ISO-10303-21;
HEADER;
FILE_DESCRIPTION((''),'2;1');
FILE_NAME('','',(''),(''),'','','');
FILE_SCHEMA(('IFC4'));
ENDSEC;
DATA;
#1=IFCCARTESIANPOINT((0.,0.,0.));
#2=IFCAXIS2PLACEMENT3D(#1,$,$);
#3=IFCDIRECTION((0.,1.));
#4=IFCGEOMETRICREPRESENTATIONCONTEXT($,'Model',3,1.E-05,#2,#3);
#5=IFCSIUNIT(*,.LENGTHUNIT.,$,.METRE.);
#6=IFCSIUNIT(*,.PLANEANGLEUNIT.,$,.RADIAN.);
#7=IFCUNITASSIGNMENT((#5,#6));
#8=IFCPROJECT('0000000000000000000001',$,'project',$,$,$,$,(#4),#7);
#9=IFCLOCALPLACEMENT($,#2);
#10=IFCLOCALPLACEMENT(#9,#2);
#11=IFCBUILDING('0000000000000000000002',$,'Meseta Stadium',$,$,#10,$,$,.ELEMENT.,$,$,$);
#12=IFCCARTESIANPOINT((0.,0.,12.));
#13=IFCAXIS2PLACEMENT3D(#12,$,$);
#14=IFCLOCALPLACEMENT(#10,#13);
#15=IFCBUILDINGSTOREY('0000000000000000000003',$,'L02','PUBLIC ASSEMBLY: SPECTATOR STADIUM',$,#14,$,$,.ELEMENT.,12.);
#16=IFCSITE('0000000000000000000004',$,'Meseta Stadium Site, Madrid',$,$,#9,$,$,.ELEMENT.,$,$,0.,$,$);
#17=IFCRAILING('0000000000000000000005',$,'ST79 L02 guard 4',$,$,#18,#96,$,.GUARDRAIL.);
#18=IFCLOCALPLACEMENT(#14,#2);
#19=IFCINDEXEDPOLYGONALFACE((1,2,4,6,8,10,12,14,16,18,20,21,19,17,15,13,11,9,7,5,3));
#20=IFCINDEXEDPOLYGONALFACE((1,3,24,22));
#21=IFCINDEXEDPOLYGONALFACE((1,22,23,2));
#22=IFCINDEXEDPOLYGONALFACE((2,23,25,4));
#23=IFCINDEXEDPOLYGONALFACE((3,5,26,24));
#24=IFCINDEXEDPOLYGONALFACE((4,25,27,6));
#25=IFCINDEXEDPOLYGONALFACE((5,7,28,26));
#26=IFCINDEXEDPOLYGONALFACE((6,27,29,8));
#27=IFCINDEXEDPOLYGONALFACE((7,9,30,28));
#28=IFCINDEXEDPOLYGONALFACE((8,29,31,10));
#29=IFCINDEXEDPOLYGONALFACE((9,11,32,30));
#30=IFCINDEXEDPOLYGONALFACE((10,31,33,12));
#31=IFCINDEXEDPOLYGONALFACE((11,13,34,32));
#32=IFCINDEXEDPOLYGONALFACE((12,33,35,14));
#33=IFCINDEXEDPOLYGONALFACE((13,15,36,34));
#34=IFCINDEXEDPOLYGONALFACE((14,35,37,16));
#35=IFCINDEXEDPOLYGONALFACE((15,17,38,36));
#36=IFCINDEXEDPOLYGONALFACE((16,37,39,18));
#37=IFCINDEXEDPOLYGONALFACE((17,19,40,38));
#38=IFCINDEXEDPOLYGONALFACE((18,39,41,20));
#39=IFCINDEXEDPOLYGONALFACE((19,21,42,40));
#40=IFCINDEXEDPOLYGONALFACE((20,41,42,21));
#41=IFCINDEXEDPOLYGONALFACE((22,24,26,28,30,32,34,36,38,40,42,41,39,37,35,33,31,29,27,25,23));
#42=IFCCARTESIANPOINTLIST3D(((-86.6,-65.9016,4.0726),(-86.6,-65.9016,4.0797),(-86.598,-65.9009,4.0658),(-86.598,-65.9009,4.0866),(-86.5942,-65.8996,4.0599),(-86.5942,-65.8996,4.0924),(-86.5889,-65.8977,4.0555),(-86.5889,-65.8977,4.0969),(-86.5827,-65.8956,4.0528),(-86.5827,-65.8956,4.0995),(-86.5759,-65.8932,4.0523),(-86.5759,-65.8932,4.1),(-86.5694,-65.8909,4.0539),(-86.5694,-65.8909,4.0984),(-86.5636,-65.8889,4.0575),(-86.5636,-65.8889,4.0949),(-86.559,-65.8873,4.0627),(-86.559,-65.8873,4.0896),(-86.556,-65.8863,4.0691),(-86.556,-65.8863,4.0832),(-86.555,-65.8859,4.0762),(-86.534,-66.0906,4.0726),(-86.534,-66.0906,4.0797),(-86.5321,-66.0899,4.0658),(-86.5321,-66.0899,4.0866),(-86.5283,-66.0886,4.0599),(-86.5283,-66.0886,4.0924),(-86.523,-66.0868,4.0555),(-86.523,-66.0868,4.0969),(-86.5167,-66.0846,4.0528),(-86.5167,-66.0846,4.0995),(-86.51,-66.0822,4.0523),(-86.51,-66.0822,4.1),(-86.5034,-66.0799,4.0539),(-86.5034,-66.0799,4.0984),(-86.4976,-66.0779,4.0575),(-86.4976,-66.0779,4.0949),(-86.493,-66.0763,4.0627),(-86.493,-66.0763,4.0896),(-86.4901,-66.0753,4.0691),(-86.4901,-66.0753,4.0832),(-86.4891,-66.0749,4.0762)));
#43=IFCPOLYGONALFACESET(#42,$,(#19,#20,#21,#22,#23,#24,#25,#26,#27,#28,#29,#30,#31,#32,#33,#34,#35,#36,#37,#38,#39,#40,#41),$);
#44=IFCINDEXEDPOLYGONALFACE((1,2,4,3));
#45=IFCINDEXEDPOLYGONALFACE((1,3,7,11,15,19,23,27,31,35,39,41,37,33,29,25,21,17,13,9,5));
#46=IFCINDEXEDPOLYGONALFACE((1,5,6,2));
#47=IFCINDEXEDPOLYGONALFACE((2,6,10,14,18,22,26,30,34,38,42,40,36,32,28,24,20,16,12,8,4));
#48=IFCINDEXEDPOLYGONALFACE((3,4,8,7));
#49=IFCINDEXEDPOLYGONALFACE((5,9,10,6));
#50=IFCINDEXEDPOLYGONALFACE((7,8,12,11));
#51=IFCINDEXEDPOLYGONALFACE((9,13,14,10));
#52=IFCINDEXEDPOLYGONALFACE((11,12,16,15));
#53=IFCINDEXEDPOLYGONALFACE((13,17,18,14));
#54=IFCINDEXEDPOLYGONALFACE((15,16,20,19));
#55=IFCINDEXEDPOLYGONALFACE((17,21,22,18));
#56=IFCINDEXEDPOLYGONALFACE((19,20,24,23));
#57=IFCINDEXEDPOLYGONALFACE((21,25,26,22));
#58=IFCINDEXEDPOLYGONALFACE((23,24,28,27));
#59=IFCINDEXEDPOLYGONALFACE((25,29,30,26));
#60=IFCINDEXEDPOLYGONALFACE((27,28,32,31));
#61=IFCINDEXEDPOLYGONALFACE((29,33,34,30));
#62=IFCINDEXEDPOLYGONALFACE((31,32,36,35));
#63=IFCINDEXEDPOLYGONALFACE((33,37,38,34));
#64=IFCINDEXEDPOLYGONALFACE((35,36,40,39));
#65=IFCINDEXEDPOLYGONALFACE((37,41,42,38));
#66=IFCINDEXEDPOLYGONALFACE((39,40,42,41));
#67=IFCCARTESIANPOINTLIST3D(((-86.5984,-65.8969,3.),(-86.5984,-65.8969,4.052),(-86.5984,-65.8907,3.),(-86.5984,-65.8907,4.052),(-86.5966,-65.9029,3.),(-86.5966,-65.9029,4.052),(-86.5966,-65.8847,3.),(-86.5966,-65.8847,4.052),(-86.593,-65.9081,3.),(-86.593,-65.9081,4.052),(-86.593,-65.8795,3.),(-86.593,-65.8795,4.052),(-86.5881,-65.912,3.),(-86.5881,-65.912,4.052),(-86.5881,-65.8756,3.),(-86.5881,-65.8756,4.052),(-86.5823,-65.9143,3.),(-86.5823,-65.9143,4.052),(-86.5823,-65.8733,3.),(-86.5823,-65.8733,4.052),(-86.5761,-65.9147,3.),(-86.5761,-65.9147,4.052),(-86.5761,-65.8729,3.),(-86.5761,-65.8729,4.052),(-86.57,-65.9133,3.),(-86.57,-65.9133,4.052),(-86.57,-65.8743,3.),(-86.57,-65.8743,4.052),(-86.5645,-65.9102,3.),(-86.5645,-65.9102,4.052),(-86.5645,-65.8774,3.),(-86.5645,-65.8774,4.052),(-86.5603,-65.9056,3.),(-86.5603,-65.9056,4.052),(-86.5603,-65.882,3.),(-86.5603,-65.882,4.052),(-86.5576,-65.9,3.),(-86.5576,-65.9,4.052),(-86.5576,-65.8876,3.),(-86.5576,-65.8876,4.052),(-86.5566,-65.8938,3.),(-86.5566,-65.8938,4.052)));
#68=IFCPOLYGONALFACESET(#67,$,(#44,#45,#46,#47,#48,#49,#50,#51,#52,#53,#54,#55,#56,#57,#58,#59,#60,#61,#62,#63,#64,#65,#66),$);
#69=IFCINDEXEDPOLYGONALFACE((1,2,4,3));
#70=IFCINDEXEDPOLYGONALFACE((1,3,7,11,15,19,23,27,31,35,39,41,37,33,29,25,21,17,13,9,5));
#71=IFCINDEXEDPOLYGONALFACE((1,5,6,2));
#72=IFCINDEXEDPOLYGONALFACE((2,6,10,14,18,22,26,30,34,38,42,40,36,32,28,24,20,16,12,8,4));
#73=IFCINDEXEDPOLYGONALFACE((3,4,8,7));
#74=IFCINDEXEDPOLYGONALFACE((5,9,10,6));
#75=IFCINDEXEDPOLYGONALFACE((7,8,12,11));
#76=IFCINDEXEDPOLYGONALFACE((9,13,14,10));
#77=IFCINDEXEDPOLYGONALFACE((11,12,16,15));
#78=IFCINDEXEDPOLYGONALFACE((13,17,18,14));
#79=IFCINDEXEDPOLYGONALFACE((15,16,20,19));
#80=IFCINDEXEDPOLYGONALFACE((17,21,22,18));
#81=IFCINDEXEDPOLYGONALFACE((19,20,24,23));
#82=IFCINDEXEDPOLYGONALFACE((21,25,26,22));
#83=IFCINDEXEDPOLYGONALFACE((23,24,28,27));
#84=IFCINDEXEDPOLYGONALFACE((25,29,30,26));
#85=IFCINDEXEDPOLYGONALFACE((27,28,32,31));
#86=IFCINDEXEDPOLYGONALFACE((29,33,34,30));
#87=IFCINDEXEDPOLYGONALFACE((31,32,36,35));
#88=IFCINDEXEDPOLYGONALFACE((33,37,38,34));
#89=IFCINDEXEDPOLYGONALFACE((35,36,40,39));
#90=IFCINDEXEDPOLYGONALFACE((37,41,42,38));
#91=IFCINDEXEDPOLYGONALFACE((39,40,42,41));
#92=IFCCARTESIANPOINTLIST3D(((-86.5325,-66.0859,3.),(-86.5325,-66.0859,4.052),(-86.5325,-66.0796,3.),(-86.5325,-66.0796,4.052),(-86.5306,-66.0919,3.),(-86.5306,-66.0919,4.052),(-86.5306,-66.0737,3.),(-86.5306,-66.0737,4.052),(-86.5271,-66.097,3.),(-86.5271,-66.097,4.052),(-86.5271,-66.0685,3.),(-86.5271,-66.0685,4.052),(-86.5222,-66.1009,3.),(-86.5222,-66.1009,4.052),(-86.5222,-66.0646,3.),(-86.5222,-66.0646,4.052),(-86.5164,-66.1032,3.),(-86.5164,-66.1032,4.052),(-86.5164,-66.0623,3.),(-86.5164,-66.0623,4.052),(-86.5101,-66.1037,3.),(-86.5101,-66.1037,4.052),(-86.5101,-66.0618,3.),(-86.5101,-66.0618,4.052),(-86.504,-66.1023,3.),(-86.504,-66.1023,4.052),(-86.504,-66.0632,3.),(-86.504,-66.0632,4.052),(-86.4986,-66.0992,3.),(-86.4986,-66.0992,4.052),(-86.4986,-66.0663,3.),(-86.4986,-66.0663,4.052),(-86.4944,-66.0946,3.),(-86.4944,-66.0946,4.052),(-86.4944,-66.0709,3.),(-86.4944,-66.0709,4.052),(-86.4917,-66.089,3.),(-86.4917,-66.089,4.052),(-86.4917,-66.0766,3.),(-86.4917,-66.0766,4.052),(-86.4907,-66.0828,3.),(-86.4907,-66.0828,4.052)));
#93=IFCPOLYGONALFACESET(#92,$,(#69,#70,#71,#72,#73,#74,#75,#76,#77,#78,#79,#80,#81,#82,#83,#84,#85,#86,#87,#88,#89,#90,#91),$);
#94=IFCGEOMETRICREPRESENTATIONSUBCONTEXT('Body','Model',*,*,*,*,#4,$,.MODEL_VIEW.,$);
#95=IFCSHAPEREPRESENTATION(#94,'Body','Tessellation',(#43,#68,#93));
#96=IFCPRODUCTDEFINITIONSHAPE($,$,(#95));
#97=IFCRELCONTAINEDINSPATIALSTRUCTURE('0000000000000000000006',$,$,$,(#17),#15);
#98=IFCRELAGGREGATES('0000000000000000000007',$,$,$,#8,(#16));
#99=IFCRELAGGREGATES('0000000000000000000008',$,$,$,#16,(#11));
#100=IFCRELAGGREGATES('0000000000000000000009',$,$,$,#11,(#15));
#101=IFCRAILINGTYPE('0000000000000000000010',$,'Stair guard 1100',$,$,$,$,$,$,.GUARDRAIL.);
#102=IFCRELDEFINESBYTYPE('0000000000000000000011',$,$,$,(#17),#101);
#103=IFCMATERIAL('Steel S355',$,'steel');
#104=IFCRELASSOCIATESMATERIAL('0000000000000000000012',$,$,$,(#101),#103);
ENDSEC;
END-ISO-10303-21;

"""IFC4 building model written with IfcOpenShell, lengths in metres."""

from ifc_helpers import new_model, si_unit, direction, frame, origin, origin_2d, place, context, subcontext, project, spatial, circle, extrude, material, type_object, element, save


model = new_model("IFC4")

# Units and contexts
model_context = context("Model", 3, precision=1e-05, world=origin(), true_north=direction((0.0, 1.0)))
body_context = subcontext(model_context, "Body", "Model", "MODEL_VIEW")
ifc_project = project(units=[si_unit("LENGTHUNIT", "METRE"), si_unit("PLANEANGLEUNIT", "RADIAN")], contexts=[model_context])

# Site, building, storey
site_placement = place(None, origin())
site = spatial("IfcSite", under=ifc_project, at=site_placement, Name="Meseta Stadium Site, Madrid", CompositionType="ELEMENT", RefElevation=0.0)
building_placement = place(site_placement, origin())
building = spatial("IfcBuilding", under=site, at=building_placement, Name="Meseta Stadium", CompositionType="ELEMENT")
storey_placement = place(building_placement, frame((0.0, 0.0, 12.0)))
storey = spatial("IfcBuildingStorey", under=building, at=storey_placement, Name="L02", Description="PUBLIC ASSEMBLY: SPECTATOR STADIUM", CompositionType="ELEMENT", Elevation=12.0)

# Railing
ifc_material_1 = material(Name="Steel S355", Category="steel")
railing_type_1 = type_object("IfcRailingType", Name="Stair guard 1100", PredefinedType="GUARDRAIL", material=ifc_material_1)
railing_1_placement = place(storey_placement, frame((-86.5776, -65.8938, 3.0)))
element("IfcRailing", 1, at=railing_1_placement, inside=storey, type_object=railing_type_1, Name="ST79 L02 guard 4", PredefinedType="GUARDRAIL", context=body_context, shape_type="SweptSolid", body=[
    extrude(circle(Radius=0.0239, at=origin_2d()), frame((0.0, 0.0, 1.0762), z_axis=(0.329372, -0.9442, 0.0), x_axis=(0.9442, 0.329372, 0.0)), (0.0, 0.0, 1.0), 0.2002),
    extrude(circle(Radius=0.021, at=origin_2d()), origin(), (0.0, 0.0, 1.0), 1.052),
    extrude(circle(Radius=0.021, at=origin_2d()), frame((0.0659, -0.189, 0.0)), (0.0, 0.0, 1.0), 1.052),
])

save(model, "model.ifc")
